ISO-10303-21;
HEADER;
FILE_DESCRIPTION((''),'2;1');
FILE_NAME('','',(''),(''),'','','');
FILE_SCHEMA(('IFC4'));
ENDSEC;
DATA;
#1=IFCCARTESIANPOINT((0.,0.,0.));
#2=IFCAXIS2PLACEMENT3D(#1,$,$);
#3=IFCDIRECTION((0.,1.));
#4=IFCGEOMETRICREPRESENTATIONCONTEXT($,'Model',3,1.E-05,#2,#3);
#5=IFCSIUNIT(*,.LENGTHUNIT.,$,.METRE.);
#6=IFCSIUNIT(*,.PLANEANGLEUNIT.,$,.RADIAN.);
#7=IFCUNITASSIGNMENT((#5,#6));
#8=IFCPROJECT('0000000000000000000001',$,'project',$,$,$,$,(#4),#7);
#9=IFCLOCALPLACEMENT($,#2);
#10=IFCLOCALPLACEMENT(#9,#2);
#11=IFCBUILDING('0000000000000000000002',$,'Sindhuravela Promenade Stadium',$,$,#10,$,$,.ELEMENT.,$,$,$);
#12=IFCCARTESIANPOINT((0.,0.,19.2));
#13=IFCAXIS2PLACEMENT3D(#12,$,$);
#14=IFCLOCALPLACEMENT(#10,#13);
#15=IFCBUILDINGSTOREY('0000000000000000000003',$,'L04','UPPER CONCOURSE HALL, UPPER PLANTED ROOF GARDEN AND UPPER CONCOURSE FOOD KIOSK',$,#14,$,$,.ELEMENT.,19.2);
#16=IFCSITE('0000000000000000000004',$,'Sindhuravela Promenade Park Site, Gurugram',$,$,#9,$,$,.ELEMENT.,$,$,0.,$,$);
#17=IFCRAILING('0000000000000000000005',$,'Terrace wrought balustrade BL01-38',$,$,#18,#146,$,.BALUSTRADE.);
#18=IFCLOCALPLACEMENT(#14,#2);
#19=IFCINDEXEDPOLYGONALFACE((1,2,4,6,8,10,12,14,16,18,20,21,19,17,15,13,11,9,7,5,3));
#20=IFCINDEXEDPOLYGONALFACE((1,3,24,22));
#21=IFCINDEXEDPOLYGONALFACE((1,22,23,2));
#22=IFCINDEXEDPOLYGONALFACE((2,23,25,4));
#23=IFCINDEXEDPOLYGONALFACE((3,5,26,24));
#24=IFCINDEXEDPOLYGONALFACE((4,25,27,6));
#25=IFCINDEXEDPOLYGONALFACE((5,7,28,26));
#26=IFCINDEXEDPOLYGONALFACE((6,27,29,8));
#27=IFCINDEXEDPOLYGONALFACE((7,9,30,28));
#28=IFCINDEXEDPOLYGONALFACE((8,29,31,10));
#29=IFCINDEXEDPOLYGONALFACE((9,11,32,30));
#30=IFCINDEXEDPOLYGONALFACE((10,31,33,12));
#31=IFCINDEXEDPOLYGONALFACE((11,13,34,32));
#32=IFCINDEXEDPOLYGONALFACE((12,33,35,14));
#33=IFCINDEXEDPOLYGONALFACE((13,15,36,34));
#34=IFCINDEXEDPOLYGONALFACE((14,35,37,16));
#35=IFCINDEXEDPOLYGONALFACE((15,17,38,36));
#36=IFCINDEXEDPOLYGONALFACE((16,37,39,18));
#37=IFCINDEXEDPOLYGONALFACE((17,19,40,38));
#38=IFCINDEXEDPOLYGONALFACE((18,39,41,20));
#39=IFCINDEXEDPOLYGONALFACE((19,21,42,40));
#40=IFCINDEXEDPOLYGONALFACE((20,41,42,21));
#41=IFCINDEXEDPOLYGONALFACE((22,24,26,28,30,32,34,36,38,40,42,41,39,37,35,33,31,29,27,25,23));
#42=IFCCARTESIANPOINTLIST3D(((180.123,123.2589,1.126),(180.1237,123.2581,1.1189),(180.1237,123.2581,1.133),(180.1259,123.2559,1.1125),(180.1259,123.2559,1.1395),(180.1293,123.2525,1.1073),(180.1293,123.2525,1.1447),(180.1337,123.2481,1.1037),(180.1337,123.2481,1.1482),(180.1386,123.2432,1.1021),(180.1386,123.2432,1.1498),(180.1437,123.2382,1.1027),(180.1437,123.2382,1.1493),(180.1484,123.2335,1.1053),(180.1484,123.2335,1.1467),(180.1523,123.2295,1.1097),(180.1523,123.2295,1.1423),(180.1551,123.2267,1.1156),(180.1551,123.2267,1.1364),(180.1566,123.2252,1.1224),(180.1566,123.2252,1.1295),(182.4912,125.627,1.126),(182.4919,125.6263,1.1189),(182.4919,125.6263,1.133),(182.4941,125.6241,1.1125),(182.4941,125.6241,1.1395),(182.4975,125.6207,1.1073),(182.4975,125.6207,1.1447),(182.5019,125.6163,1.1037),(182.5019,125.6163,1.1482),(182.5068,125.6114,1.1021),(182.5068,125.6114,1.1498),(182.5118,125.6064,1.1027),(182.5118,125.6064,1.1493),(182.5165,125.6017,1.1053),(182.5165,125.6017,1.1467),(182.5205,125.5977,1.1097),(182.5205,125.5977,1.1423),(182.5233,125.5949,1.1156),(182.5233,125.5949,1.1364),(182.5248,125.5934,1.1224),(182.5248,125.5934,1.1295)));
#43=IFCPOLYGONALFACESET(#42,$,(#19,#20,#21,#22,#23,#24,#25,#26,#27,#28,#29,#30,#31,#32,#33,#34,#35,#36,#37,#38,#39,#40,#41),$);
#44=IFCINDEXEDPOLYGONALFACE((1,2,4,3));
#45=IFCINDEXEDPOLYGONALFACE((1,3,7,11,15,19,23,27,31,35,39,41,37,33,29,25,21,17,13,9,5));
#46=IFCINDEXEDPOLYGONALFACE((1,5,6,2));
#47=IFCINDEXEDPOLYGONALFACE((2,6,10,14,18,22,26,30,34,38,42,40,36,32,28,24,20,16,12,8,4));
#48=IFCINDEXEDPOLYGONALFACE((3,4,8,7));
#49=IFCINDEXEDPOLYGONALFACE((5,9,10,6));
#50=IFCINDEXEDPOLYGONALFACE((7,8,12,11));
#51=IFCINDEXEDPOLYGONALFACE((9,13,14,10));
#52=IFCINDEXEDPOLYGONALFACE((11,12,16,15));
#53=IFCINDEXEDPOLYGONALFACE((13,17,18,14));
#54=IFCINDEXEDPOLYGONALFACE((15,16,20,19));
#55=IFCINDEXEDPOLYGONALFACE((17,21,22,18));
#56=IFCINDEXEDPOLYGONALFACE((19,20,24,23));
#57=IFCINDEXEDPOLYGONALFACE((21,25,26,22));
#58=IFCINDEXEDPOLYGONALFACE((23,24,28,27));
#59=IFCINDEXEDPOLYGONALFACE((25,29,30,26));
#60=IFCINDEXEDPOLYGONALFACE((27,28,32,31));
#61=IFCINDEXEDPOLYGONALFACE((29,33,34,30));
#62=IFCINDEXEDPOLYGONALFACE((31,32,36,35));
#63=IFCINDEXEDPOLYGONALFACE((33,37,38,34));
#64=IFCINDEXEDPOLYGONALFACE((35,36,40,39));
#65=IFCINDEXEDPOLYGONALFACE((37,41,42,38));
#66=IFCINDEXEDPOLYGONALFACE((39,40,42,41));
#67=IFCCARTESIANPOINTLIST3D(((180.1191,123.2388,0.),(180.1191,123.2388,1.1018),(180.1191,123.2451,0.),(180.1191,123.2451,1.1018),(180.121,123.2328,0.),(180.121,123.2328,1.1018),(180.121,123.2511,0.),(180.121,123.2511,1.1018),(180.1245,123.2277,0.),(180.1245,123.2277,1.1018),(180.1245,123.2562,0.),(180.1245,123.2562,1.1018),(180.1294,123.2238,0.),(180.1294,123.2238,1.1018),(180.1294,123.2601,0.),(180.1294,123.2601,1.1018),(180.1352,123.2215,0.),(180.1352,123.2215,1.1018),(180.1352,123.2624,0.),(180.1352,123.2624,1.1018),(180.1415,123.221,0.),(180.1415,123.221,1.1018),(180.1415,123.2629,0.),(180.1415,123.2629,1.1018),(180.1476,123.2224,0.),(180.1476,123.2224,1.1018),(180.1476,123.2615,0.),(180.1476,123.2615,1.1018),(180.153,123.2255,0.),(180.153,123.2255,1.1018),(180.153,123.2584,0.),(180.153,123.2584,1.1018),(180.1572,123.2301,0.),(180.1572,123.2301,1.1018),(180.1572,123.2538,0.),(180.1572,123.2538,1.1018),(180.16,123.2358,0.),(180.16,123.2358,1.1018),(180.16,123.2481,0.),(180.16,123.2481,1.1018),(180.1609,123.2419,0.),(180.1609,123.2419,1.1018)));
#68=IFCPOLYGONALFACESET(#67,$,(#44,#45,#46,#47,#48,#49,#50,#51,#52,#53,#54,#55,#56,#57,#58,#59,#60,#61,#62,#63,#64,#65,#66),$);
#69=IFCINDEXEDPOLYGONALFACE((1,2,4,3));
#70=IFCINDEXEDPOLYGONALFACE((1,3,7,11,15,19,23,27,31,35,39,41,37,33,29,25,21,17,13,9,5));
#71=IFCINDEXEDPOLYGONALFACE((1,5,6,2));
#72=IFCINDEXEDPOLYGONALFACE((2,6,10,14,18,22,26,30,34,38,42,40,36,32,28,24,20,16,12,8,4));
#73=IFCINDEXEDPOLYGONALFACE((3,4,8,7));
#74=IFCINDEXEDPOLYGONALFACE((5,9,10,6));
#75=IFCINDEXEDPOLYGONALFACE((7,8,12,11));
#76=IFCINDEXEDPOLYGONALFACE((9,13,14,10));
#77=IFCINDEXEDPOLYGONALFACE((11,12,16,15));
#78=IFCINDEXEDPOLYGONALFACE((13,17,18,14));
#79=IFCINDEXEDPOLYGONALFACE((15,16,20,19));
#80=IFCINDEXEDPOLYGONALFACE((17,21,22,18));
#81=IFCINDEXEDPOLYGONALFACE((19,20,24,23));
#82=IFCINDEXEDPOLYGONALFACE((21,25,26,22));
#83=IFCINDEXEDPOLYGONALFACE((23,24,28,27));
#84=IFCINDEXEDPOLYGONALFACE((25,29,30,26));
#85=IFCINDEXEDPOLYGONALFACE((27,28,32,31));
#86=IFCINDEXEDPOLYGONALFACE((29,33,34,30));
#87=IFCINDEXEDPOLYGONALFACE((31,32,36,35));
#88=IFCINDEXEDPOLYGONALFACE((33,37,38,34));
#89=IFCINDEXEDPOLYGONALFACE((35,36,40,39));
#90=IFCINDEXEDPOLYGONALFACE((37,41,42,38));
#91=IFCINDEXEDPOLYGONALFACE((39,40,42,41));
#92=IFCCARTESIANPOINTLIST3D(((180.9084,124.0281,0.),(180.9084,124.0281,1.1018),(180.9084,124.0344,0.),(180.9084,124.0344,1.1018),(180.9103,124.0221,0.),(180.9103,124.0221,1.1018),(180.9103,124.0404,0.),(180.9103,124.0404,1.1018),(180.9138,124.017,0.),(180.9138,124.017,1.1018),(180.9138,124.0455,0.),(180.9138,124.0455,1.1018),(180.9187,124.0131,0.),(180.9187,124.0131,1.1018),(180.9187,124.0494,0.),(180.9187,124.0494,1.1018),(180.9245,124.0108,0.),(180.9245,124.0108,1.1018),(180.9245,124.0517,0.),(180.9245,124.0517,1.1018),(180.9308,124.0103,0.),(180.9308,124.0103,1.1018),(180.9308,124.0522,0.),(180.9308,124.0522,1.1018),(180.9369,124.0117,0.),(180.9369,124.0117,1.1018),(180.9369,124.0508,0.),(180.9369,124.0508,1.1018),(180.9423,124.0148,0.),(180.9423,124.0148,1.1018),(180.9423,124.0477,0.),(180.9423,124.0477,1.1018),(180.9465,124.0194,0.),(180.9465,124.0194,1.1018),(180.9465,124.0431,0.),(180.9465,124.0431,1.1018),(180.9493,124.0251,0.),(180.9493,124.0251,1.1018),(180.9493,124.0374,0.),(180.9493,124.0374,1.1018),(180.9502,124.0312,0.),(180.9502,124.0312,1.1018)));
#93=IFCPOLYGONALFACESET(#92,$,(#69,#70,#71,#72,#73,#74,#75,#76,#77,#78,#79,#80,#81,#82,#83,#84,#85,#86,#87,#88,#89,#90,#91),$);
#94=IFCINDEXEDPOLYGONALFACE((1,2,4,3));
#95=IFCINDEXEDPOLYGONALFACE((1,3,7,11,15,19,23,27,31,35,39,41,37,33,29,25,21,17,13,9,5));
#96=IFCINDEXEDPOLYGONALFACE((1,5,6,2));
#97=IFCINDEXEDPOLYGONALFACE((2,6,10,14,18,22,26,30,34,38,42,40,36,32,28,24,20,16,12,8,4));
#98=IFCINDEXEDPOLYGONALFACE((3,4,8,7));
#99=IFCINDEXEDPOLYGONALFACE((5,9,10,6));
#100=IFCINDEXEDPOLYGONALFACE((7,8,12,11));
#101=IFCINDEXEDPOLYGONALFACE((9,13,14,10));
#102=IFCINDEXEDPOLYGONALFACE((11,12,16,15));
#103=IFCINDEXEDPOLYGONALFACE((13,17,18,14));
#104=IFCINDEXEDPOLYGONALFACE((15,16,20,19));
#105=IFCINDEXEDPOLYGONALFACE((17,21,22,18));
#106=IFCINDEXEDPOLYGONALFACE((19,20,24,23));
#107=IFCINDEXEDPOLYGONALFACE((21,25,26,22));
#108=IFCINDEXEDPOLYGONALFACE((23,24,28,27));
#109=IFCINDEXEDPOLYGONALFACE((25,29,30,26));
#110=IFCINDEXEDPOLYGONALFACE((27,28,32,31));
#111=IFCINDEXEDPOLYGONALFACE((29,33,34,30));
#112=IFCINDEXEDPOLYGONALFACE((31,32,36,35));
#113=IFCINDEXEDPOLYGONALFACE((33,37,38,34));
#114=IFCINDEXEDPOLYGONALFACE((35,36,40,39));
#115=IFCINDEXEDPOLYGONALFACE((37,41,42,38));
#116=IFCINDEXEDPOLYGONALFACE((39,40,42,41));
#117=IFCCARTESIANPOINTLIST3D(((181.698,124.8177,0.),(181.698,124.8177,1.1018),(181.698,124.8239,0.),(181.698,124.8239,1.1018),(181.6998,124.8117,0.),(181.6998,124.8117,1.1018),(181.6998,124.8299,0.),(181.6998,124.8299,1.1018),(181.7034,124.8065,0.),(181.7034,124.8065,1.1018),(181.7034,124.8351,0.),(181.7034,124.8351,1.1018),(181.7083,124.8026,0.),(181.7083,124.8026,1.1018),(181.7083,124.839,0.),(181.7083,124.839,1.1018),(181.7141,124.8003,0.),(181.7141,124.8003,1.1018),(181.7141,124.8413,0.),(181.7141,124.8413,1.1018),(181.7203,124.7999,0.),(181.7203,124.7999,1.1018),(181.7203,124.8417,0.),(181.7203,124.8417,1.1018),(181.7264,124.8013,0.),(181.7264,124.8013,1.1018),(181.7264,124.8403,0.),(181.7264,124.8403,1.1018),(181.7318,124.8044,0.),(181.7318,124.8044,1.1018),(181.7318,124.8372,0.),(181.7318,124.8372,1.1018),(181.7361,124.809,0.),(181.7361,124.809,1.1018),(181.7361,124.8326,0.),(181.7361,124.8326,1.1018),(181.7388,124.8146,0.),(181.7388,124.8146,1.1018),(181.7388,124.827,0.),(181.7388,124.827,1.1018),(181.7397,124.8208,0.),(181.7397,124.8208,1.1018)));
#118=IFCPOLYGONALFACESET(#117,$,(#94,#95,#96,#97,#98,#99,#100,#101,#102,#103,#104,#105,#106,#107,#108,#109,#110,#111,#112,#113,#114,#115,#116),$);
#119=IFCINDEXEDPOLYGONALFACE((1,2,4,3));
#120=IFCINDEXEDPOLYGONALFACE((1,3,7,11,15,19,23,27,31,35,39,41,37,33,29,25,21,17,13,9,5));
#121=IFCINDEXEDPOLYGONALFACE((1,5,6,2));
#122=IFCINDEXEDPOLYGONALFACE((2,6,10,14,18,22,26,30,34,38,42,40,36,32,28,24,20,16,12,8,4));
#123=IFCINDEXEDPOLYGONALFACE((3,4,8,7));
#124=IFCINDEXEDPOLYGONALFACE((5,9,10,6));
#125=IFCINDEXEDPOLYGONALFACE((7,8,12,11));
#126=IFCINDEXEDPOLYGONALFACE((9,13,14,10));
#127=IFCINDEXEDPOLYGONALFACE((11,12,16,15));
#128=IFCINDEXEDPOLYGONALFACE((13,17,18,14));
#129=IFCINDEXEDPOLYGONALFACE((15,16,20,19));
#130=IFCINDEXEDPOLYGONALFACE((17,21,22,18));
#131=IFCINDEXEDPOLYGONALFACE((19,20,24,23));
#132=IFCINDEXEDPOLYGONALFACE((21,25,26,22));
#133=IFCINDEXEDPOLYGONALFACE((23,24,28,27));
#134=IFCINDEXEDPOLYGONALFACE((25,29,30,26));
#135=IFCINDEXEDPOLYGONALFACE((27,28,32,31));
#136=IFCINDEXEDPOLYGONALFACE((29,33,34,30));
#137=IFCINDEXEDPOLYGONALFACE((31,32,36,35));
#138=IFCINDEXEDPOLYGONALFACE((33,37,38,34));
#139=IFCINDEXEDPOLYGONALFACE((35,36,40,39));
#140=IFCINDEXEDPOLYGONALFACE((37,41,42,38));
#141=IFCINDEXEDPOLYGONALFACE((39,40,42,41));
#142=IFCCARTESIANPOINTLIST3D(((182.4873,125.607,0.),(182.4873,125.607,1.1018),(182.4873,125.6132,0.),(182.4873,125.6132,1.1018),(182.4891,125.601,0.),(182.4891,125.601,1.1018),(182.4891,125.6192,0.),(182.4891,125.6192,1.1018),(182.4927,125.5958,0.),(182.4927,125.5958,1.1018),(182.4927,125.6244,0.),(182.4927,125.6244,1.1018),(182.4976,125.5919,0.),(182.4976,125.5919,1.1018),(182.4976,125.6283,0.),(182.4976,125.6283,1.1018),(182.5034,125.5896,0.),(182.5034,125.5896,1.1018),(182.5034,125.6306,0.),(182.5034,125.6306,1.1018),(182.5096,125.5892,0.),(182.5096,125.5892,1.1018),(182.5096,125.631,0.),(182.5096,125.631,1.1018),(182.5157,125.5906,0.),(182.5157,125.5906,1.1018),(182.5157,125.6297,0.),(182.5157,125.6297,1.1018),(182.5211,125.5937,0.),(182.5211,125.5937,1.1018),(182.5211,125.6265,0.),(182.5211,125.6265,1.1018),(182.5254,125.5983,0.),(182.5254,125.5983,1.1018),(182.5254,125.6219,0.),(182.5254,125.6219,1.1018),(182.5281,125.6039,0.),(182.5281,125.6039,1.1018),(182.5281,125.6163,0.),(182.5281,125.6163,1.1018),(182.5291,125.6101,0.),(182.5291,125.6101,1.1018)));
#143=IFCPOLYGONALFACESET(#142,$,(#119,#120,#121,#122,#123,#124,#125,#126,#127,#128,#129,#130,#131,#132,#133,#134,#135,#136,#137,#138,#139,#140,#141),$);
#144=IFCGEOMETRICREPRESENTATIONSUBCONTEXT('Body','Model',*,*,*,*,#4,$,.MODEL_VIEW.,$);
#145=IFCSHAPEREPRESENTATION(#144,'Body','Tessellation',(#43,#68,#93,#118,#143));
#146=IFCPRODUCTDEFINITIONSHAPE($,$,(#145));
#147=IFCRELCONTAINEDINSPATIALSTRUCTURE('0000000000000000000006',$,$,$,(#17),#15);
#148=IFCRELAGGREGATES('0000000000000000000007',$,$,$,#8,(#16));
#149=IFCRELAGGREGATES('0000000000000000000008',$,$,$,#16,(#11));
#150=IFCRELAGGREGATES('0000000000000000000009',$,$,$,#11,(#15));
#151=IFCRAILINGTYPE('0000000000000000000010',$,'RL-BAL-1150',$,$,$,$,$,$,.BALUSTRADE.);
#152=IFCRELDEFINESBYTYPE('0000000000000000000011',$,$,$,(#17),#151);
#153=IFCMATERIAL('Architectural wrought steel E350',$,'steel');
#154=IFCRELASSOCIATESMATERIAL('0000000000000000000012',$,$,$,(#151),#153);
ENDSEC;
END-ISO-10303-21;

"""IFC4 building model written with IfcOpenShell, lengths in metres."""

from ifc_helpers import new_model, si_unit, direction, frame, origin, origin_2d, place, context, subcontext, project, spatial, circle, extrude, material, type_object, element, save


model = new_model("IFC4")

# Units and contexts
model_context = context("Model", 3, precision=1e-05, world=origin(), true_north=direction((0.0, 1.0)))
body_context = subcontext(model_context, "Body", "Model", "MODEL_VIEW")
ifc_project = project(units=[si_unit("LENGTHUNIT", "METRE"), si_unit("PLANEANGLEUNIT", "RADIAN")], contexts=[model_context])

# Site, building, storey
site_placement = place(None, origin())
site = spatial("IfcSite", under=ifc_project, at=site_placement, Name="Sindhuravela Promenade Park Site, Gurugram", CompositionType="ELEMENT", RefElevation=0.0)
building_placement = place(site_placement, origin())
building = spatial("IfcBuilding", under=site, at=building_placement, Name="Sindhuravela Promenade Stadium", CompositionType="ELEMENT")
storey_placement = place(building_placement, frame((0.0, 0.0, 19.2)))
storey = spatial("IfcBuildingStorey", under=building, at=storey_placement, Name="L04", Description="UPPER CONCOURSE HALL, UPPER PLANTED ROOF GARDEN AND UPPER CONCOURSE FOOD KIOSK", CompositionType="ELEMENT", Elevation=19.2)

# Railing
ifc_material_1 = material(Name="Architectural wrought steel E350", Category="steel")
railing_type_1 = type_object("IfcRailingType", Name="RL-BAL-1150", PredefinedType="BALUSTRADE", material=ifc_material_1)
railing_1_placement = place(storey_placement, frame((180.1399, 123.2419, 0.0)))
element("IfcRailing", 1, at=railing_1_placement, inside=storey, type_object=railing_type_1, Name="Terrace wrought balustrade BL01-38", PredefinedType="BALUSTRADE", context=body_context, shape_type="SweptSolid", body=[
    extrude(circle(Radius=0.0239, at=origin_2d()), frame((0.0, 0.0, 1.126), z_axis=(0.707107, 0.707107, 0.0), x_axis=(-0.707107, 0.707107, 0.0)), (0.0, 0.0, 1.0), 3.3491),
    extrude(circle(Radius=0.021, at=origin_2d()), origin(), (0.0, 0.0, 1.0), 1.1018),
    extrude(circle(Radius=0.021, at=origin_2d()), frame((0.7893, 0.7893, 0.0)), (0.0, 0.0, 1.0), 1.1018),
    extrude(circle(Radius=0.021, at=origin_2d()), frame((1.5789, 1.5789, 0.0)), (0.0, 0.0, 1.0), 1.1018),
    extrude(circle(Radius=0.021, at=origin_2d()), frame((2.3682, 2.3682, 0.0)), (0.0, 0.0, 1.0), 1.1018),
])

save(model, "model.ifc")
